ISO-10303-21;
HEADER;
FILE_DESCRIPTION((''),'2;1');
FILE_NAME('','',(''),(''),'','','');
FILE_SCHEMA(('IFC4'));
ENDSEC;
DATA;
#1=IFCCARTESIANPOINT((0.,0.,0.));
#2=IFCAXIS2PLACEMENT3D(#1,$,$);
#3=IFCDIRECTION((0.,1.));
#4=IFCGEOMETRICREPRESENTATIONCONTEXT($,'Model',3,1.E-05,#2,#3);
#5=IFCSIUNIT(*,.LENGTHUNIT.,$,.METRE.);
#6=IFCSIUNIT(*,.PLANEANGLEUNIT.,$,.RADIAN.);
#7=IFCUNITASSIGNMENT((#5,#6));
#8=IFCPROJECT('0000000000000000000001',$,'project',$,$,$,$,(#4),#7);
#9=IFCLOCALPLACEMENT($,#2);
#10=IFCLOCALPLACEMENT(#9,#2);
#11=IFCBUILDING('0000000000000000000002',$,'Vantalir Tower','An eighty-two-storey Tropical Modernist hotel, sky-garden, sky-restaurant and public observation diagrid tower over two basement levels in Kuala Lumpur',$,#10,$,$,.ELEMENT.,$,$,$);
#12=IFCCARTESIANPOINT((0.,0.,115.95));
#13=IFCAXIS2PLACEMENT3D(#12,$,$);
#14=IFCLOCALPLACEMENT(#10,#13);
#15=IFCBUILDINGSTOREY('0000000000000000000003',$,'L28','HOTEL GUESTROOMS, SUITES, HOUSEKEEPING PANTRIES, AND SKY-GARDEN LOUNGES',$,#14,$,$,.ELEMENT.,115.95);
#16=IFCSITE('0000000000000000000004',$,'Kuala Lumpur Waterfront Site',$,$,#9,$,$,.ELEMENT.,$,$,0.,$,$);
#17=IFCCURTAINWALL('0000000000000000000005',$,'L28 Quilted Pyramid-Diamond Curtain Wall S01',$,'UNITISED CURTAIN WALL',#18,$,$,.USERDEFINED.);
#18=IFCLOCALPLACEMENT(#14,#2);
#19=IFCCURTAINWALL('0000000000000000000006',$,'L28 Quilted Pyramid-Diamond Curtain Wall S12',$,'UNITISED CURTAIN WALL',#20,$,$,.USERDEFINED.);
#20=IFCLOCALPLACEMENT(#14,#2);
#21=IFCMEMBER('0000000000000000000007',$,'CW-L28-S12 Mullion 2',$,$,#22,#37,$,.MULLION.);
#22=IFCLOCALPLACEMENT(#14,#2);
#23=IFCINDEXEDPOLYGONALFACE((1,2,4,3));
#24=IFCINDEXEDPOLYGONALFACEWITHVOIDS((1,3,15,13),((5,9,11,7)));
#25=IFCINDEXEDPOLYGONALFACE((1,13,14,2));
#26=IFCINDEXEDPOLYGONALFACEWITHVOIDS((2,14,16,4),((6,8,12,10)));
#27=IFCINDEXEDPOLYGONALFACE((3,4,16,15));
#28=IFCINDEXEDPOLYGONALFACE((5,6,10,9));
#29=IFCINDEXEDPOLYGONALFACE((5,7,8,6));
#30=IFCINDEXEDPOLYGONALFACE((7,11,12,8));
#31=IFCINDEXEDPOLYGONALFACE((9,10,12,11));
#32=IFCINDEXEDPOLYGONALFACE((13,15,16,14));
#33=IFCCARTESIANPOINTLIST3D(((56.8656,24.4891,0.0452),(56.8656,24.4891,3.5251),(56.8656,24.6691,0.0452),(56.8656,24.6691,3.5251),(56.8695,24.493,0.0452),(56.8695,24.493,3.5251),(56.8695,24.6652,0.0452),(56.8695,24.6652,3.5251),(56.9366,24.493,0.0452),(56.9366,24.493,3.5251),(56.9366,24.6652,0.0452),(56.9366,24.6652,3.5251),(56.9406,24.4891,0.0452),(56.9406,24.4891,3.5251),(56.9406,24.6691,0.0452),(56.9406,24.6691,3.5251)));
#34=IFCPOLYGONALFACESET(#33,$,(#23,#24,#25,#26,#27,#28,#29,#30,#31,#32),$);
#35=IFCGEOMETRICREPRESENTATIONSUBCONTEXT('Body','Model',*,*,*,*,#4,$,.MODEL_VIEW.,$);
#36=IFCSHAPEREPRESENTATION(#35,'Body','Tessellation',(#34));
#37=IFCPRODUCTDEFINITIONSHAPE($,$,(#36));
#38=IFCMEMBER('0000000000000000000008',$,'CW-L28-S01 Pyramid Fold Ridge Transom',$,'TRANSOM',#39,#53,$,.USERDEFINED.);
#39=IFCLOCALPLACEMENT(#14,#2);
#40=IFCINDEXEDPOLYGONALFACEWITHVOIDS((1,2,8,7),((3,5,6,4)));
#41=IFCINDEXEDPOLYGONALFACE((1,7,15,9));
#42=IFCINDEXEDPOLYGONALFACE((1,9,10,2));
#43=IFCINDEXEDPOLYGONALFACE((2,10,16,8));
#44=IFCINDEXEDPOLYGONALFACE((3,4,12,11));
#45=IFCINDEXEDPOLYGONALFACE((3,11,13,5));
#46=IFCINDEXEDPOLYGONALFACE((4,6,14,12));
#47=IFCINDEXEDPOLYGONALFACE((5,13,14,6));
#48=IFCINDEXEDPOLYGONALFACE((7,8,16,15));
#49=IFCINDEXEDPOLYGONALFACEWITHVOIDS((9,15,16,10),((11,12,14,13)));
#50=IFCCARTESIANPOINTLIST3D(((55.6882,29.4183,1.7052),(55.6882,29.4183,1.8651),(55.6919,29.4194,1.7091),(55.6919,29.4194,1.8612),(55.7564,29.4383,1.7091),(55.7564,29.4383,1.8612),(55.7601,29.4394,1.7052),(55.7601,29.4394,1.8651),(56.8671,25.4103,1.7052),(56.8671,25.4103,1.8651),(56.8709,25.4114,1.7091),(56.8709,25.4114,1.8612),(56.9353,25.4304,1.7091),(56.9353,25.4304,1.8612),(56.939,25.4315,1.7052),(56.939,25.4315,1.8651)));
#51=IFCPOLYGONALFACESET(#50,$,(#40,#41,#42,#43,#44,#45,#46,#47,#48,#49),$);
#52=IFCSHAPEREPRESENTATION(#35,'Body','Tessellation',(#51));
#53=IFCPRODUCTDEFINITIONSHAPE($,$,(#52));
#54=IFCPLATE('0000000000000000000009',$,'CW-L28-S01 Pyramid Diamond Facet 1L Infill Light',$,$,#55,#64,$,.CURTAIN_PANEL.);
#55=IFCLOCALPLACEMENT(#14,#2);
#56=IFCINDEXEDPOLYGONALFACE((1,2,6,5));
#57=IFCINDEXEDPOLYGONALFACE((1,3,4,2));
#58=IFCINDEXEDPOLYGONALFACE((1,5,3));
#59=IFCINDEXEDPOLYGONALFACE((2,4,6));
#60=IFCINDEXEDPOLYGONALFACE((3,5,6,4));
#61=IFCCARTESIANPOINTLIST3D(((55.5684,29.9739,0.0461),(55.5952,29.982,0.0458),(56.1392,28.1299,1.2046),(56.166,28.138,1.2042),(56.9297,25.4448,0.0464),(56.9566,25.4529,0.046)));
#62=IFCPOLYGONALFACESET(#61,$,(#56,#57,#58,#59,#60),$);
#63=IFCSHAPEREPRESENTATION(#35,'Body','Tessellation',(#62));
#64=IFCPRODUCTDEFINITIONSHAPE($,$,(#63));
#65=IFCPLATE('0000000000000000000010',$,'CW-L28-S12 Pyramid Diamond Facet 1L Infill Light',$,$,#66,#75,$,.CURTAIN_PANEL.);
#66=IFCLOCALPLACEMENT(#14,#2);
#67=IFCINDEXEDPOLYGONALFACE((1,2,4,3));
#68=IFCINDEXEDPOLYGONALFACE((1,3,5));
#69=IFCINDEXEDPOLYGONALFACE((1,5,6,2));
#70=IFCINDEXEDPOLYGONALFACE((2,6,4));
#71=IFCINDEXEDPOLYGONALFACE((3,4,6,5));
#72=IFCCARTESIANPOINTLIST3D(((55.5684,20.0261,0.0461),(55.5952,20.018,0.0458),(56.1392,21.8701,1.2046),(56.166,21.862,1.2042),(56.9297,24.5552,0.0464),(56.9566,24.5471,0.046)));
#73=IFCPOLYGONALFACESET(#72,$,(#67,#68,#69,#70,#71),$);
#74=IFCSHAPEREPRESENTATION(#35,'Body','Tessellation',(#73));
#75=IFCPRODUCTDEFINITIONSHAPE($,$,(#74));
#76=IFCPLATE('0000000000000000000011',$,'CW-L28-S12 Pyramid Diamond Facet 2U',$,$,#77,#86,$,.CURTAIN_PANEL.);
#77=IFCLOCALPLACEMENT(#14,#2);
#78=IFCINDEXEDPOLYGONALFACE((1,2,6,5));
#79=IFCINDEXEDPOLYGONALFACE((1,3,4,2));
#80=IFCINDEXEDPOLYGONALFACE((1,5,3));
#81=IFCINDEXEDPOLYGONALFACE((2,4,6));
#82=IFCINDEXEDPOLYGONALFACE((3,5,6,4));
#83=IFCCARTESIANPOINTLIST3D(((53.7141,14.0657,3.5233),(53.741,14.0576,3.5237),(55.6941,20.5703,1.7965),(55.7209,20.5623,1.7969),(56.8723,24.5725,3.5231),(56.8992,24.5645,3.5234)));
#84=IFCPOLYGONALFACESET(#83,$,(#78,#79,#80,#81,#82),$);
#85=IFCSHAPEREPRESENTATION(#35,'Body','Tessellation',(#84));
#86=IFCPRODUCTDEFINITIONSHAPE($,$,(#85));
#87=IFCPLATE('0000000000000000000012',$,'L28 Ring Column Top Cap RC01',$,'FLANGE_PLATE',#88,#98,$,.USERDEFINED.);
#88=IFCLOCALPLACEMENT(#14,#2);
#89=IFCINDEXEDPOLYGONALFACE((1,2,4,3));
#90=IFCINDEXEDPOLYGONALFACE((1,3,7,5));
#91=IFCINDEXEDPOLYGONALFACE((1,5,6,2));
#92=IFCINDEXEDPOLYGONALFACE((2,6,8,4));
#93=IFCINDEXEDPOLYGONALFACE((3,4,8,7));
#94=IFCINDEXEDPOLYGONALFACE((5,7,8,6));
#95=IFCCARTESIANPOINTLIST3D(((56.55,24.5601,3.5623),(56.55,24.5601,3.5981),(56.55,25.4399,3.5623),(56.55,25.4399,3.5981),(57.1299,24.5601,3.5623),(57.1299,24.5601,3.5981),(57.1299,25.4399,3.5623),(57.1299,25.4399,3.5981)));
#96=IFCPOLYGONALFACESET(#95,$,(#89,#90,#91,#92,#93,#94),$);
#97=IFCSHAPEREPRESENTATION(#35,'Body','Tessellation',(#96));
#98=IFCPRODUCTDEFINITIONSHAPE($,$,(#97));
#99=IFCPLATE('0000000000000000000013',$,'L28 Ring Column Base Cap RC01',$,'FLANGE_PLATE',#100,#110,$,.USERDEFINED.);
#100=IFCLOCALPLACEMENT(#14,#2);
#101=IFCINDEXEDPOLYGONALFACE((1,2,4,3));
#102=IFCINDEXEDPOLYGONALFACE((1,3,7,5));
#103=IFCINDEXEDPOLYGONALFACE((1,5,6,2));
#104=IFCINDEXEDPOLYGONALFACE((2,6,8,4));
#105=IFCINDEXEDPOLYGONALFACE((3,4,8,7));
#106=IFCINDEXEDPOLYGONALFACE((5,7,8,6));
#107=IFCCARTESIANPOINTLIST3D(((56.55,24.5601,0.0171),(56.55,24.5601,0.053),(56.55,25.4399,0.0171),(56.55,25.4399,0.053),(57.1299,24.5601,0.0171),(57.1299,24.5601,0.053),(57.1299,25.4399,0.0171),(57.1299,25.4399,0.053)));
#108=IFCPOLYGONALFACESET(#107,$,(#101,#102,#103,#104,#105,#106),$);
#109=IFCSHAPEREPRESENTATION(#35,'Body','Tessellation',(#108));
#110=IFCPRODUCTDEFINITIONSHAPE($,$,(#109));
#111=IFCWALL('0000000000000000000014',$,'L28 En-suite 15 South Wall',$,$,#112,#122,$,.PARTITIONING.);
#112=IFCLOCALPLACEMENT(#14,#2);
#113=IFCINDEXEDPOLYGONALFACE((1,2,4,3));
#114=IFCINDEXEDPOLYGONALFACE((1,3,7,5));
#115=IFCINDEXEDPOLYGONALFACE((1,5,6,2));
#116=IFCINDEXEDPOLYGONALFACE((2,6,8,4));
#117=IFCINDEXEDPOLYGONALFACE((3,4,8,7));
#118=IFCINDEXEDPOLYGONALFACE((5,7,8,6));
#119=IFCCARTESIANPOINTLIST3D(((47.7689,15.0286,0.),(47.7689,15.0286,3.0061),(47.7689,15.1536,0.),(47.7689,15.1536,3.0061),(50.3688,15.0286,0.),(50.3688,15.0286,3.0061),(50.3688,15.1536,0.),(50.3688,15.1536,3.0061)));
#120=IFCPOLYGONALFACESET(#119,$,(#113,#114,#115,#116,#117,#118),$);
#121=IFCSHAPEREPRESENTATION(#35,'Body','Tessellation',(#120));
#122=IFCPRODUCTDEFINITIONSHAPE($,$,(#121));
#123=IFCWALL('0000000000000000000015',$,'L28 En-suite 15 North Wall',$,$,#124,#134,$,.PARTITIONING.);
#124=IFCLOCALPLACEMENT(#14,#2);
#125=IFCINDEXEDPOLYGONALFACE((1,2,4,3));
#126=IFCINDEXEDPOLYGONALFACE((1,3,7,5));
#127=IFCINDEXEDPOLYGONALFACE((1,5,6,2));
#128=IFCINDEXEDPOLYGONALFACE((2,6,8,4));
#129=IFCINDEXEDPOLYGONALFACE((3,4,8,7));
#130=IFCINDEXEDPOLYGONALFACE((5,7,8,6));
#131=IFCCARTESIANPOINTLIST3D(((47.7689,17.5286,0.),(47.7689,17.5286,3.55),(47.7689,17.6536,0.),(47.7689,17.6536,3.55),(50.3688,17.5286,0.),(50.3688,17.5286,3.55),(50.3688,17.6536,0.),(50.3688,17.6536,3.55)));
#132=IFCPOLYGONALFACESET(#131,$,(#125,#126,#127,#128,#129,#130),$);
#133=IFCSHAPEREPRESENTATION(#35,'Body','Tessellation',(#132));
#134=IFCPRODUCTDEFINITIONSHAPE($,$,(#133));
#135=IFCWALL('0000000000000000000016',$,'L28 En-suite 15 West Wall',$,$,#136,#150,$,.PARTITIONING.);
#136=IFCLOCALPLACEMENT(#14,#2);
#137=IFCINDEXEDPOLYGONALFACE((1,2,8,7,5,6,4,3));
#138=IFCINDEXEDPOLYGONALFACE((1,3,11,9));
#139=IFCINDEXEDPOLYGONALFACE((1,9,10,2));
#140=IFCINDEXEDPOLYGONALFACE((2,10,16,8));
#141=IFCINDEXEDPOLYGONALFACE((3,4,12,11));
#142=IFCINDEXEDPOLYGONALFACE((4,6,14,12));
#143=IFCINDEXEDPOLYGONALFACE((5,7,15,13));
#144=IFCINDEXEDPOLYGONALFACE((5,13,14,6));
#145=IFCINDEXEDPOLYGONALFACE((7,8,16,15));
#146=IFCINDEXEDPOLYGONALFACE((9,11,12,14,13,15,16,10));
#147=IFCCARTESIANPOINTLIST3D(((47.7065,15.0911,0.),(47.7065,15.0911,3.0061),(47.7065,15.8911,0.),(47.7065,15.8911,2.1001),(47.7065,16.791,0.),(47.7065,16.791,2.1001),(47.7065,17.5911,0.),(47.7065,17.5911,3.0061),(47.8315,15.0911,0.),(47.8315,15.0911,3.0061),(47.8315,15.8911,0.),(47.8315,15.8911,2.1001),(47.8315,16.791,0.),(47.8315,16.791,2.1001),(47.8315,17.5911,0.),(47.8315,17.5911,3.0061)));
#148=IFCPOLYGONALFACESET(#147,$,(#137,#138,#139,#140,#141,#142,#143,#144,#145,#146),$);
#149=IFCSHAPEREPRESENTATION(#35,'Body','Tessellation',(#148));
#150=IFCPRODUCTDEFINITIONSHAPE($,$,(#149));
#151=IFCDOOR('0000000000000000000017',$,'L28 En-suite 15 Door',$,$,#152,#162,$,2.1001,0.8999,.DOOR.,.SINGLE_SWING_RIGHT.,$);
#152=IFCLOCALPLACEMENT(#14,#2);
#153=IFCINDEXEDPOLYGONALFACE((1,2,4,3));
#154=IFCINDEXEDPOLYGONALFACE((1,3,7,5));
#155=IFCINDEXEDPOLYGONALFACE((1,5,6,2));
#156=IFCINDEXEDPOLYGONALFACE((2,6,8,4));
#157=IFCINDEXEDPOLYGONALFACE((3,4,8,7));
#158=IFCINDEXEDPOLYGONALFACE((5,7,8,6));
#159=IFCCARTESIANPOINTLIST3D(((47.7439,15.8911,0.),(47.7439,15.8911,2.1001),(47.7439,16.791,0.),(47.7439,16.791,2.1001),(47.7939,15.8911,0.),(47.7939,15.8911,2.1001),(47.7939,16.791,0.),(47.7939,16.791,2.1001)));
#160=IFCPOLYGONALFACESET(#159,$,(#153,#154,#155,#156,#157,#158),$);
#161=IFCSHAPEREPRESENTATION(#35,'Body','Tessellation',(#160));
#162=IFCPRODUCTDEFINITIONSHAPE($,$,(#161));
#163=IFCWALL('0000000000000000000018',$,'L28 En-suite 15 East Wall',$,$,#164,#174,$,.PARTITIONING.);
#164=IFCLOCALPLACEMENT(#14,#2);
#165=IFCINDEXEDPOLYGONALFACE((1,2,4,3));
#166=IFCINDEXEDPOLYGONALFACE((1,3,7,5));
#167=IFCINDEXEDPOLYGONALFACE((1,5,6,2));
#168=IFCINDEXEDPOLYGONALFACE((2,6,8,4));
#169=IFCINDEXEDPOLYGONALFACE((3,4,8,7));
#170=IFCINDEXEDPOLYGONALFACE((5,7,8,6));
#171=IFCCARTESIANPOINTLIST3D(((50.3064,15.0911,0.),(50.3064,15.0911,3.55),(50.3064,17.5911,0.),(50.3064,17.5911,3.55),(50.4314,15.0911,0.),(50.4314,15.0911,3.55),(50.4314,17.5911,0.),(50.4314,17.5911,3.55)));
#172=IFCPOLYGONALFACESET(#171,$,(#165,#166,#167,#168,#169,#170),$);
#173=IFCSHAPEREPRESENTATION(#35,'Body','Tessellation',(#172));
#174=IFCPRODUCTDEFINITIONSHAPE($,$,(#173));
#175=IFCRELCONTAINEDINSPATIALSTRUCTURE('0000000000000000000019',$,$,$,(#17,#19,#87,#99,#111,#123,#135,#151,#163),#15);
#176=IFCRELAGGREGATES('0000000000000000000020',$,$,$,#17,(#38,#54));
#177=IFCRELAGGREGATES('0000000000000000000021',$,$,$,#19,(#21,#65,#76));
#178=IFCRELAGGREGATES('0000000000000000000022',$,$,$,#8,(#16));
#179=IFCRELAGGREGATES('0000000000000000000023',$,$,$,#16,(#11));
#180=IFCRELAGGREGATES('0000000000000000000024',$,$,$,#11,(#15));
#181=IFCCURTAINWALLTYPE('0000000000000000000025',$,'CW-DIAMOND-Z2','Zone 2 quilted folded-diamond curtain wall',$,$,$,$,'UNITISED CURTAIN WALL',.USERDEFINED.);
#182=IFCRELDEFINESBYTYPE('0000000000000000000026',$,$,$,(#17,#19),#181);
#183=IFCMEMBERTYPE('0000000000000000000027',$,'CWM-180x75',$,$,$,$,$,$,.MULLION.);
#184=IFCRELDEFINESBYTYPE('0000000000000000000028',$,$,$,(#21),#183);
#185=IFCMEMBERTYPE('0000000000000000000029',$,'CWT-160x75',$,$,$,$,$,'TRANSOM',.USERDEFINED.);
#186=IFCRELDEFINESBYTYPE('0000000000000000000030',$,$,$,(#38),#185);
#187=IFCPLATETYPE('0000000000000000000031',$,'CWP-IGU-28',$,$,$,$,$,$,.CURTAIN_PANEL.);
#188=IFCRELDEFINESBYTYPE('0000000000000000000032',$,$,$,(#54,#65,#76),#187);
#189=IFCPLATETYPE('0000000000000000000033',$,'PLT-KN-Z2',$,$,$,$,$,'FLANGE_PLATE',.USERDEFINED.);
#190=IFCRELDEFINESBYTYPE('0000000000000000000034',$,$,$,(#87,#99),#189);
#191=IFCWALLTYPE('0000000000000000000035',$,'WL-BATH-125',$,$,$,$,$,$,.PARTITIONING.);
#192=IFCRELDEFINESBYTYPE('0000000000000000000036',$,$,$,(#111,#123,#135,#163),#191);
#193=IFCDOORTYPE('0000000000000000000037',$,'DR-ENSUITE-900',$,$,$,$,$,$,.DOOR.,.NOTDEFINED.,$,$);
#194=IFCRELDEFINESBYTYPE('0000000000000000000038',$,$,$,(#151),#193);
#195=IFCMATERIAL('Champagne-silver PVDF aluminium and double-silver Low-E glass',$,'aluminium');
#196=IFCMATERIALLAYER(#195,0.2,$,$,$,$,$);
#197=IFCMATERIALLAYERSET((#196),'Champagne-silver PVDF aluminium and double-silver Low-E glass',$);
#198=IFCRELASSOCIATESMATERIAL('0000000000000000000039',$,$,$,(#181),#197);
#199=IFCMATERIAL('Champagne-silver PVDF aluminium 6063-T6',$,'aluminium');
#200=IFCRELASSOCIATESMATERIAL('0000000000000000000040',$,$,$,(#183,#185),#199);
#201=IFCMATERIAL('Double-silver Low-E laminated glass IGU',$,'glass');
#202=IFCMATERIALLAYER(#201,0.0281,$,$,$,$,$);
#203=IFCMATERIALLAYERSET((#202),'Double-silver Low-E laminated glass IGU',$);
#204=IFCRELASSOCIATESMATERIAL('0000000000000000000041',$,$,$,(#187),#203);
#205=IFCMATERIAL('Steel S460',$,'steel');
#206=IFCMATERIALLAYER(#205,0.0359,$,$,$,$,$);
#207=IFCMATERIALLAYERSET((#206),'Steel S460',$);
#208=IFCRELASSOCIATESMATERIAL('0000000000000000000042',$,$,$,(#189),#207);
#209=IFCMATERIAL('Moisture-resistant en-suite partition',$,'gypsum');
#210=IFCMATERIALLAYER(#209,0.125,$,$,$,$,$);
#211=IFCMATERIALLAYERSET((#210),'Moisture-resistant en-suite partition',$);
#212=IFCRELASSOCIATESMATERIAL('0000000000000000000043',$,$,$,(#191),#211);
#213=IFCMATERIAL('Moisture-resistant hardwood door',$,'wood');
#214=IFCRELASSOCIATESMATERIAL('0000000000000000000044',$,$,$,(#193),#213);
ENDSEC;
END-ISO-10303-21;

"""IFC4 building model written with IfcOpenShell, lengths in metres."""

from ifc_helpers import new_model, si_unit, direction, frame, frame_2d, origin, origin_2d, place, context, subcontext, project, spatial, polyline, rectangle, hollow_rectangle, outline, extrude, material, layer, layer_set, material_profile, profile_set, type_object, element, fill, aggregate, save


model = new_model("IFC4")

# Units and contexts
model_context = context("Model", 3, precision=1e-05, world=origin(), true_north=direction((0.0, 1.0)))
body_context = subcontext(model_context, "Body", "Model", "MODEL_VIEW")
ifc_project = project(units=[si_unit("LENGTHUNIT", "METRE"), si_unit("PLANEANGLEUNIT", "RADIAN")], contexts=[model_context])

# Site, building, storey
site_placement = place(None, origin())
site = spatial("IfcSite", under=ifc_project, at=site_placement, Name="Kuala Lumpur Waterfront Site", CompositionType="ELEMENT", RefElevation=0.0)
building_placement = place(site_placement, origin())
building = spatial("IfcBuilding", under=site, at=building_placement, Name="Vantalir Tower", Description="An eighty-two-storey Tropical Modernist hotel, sky-garden, sky-restaurant and public observation diagrid tower over two basement levels in Kuala Lumpur", CompositionType="ELEMENT")
storey_placement = place(building_placement, frame((0.0, 0.0, 115.95)))
storey = spatial("IfcBuildingStorey", under=building, at=storey_placement, Name="L28", Description="HOTEL GUESTROOMS, SUITES, HOUSEKEEPING PANTRIES, AND SKY-GARDEN LOUNGES", CompositionType="ELEMENT", Elevation=115.95)

# Shared definitions
ifc_material_1 = material(Name="Steel S460", Category="steel")

# Curtain walls, member
ifc_material_2 = material(Name="Champagne-silver PVDF aluminium and double-silver Low-E glass", Category="aluminium")
ifc_layer_1 = layer(ifc_material_2, 0.2)
ifc_layer_set_1 = layer_set([ifc_layer_1], Name="Champagne-silver PVDF aluminium and double-silver Low-E glass")
curtain_wall_type = type_object("IfcCurtainWallType", Name="CW-DIAMOND-Z2", Description="Zone 2 quilted folded-diamond curtain wall", ElementType="UNITISED CURTAIN WALL", PredefinedType="USERDEFINED", material=ifc_layer_set_1)
curtain_wall_1_placement = place(storey_placement, origin())
curtain_wall_1 = element("IfcCurtainWall", 1, at=curtain_wall_1_placement, inside=storey, type_object=curtain_wall_type, Name="L28 Quilted Pyramid-Diamond Curtain Wall S01", ObjectType="UNITISED CURTAIN WALL", PredefinedType="USERDEFINED")
ifc_material_3 = material(Name="Champagne-silver PVDF aluminium 6063-T6", Category="aluminium")
ifc_material_profile_1 = material_profile(ifc_material_3, hollow_rectangle(XDim=0.075, YDim=0.1799, WallThickness=0.0039, at=origin_2d()), Name="Champagne-silver PVDF aluminium 6063-T6")
ifc_profile_set_1 = profile_set([ifc_material_profile_1], Name="Champagne-silver PVDF aluminium 6063-T6")
member_type_1 = type_object("IfcMemberType", Name="CWM-180x75", PredefinedType="MULLION", material=ifc_profile_set_1)
curtain_wall_2_placement = place(storey_placement, origin())
curtain_wall_2 = element("IfcCurtainWall", 2, at=curtain_wall_2_placement, inside=storey, type_object=curtain_wall_type, Name="L28 Quilted Pyramid-Diamond Curtain Wall S12", ObjectType="UNITISED CURTAIN WALL", PredefinedType="USERDEFINED")
member_1_placement = place(storey_placement, frame((56.9031, 24.5791, 0.0452), z_axis=(0.0, 0.0, 1.0), x_axis=(1.0, 0.0, 0.0)))
member_1 = element("IfcMember", 3, at=member_1_placement, type_object=member_type_1, Name="CW-L28-S12 Mullion 2", PredefinedType="MULLION", context=body_context, shape_type="SweptSolid", body=[
    extrude(hollow_rectangle(XDim=0.075, YDim=0.1799, WallThickness=0.0039, at=origin_2d()), origin(), (0.0, 0.0, 1.0), 3.48),
])

# Member
ifc_material_profile_2 = material_profile(ifc_material_3, hollow_rectangle(XDim=0.075, YDim=0.1599, WallThickness=0.0039, at=origin_2d()), Name="Champagne-silver PVDF aluminium 6063-T6")
ifc_profile_set_2 = profile_set([ifc_material_profile_2], Name="Champagne-silver PVDF aluminium 6063-T6")
member_type_2 = type_object("IfcMemberType", Name="CWT-160x75", ElementType="TRANSOM", PredefinedType="USERDEFINED", material=ifc_profile_set_2)
member_2_placement = place(storey_placement, frame((56.9031, 25.4209, 1.7852), z_axis=(-0.282192, 0.959358, 0.0), x_axis=(-0.959358, -0.282192, 0.0)))
member_2 = element("IfcMember", 4, at=member_2_placement, type_object=member_type_2, Name="CW-L28-S01 Pyramid Fold Ridge Transom", ObjectType="TRANSOM", PredefinedType="USERDEFINED", context=body_context, shape_type="SweptSolid", body=[
    extrude(hollow_rectangle(XDim=0.075, YDim=0.1599, WallThickness=0.0039, at=origin_2d()), origin(), (0.0, 0.0, 1.0), 4.1777),
])

# Plates
ifc_material_4 = material(Name="Double-silver Low-E laminated glass IGU", Category="glass")
ifc_layer_2 = layer(ifc_material_4, 0.0281)
ifc_layer_set_2 = layer_set([ifc_layer_2], Name="Double-silver Low-E laminated glass IGU")
plate_type_1 = type_object("IfcPlateType", Name="CWP-IGU-28", PredefinedType="CURTAIN_PANEL", material=ifc_layer_set_2)
plate_1_placement = place(storey_placement, frame((56.9297, 25.4448, 0.0464), z_axis=(-0.957585, -0.287827, 0.013672), x_axis=(-0.287855, 0.957674, -0.000052)))
plate_1 = element("IfcPlate", 5, at=plate_1_placement, type_object=plate_type_1, Name="CW-L28-S01 Pyramid Diamond Facet 1L Infill Light", PredefinedType="CURTAIN_PANEL", context=body_context, shape_type="SweptSolid", body=[
    extrude(outline(polyline([(0.0, 0.0), (4.7292, 0.0), (2.7989, -1.1585), (0.0, 0.0)])), origin(), (0.0, 0.0, -1.0), 0.0281),
])
aggregate(curtain_wall_1, [member_2, plate_1])
plate_2_placement = place(storey_placement, frame((55.5684, 20.0261, 0.0461), z_axis=(-0.957585, 0.287827, 0.013672), x_axis=(0.287855, 0.957674, 0.000052)))
plate_2 = element("IfcPlate", 6, at=plate_2_placement, type_object=plate_type_1, Name="CW-L28-S12 Pyramid Diamond Facet 1L Infill Light", PredefinedType="CURTAIN_PANEL", context=body_context, shape_type="SweptSolid", body=[
    extrude(outline(polyline([(0.0, 0.0), (4.7292, 0.0), (1.9303, -1.1585), (0.0, 0.0)])), origin(), (0.0, 0.0, -1.0), 0.0281),
])
plate_3_placement = place(storey_placement, frame((56.8992, 24.5645, 3.5234), z_axis=(0.957581, -0.287835, 0.013743), x_axis=(-0.287862, -0.957672, 0.000022)))
plate_3 = element("IfcPlate", 7, at=plate_3_placement, type_object=plate_type_1, Name="CW-L28-S12 Pyramid Diamond Facet 2U", PredefinedType="CURTAIN_PANEL", context=body_context, shape_type="SweptSolid", body=[
    extrude(outline(polyline([(0.0, 0.0), (10.9712, 0.0), (4.1719, 1.7268), (0.0, 0.0)])), origin(), (0.0, 0.0, -1.0), 0.0281),
])
aggregate(curtain_wall_2, [member_1, plate_2, plate_3])

# Plates
ifc_layer_3 = layer(ifc_material_1, 0.0359)
ifc_layer_set_3 = layer_set([ifc_layer_3], Name="Steel S460")
plate_type_2 = type_object("IfcPlateType", Name="PLT-KN-Z2", ElementType="FLANGE_PLATE", PredefinedType="USERDEFINED", material=ifc_layer_set_3)
for number, where, z_axis, x_axis, name in (
    (8, (56.55, 25.4399, 3.5981), (0.0, 0.0, 1.0), (0.0, -1.0, 0.0), "L28 Ring Column Top Cap RC01"),
    (9, (56.55, 25.4399, 0.053), (0.0, 0.0, 1.0), (0.0, -1.0, 0.0), "L28 Ring Column Base Cap RC01"),
):
    element("IfcPlate", number, at=place(storey_placement, frame(where, z_axis=z_axis, x_axis=x_axis)), inside=storey, type_object=plate_type_2, Name=name, ObjectType="FLANGE_PLATE", PredefinedType="USERDEFINED", context=body_context, shape_type="SweptSolid", body=[
        extrude(outline(polyline([(0.0, 0.0), (0.8799, 0.0), (0.8799, 0.5798), (0.0, 0.5798), (0.0, 0.0)])), origin(), (0.0, 0.0, -1.0), 0.0359),
    ])

# Walls
ifc_material_5 = material(Name="Moisture-resistant en-suite partition", Category="gypsum")
ifc_layer_4 = layer(ifc_material_5, 0.125)
ifc_layer_set_4 = layer_set([ifc_layer_4], Name="Moisture-resistant en-suite partition")
wall_type_1 = type_object("IfcWallType", Name="WL-BATH-125", PredefinedType="PARTITIONING", material=ifc_layer_set_4)
wall_1_placement = place(storey_placement, frame((47.769, 15.0911, 0.0), z_axis=(0.0, 0.0, 1.0), x_axis=(1.0, 0.0, 0.0)))
element("IfcWall", 10, at=wall_1_placement, inside=storey, type_object=wall_type_1, Name="L28 En-suite 15 South Wall", PredefinedType="PARTITIONING", context=body_context, shape_type="SweptSolid", body=[
    extrude(rectangle(XDim=2.5999, YDim=0.125, at=frame_2d((1.2998, 0.0))), origin(), (0.0, 0.0, 1.0), 3.0061),
])
wall_2_placement = place(storey_placement, frame((47.769, 17.5911, 0.0), z_axis=(0.0, 0.0, 1.0), x_axis=(1.0, 0.0, 0.0)))
element("IfcWall", 11, at=wall_2_placement, inside=storey, type_object=wall_type_1, Name="L28 En-suite 15 North Wall", PredefinedType="PARTITIONING", context=body_context, shape_type="SweptSolid", body=[
    extrude(rectangle(XDim=2.5999, YDim=0.125, at=frame_2d((1.2998, 0.0))), origin(), (0.0, 0.0, 1.0), 3.55),
])

# Wall, opening, door
wall_3_placement = place(storey_placement, frame((47.769, 15.0911, 0.0), z_axis=(0.0, 0.0, 1.0), x_axis=(0.0, 1.0, 0.0)))
wall_3 = element("IfcWall", 12, at=wall_3_placement, inside=storey, type_object=wall_type_1, Name="L28 En-suite 15 West Wall", PredefinedType="PARTITIONING", context=body_context, shape_type="SweptSolid", body=[
    extrude(rectangle(XDim=2.5, YDim=0.125, at=frame_2d((1.25, 0.0))), origin(), (0.0, 0.0, 1.0), 3.0061),
])
opening_1_placement = place(wall_3_placement, frame((0.8, 0.0, 0.0)))
opening_1 = element("IfcOpeningElement", 13, at=opening_1_placement, cuts=wall_3, PredefinedType="OPENING", context=body_context, shape_type="SweptSolid", body=[
    extrude(rectangle(XDim=0.8999, YDim=2.1001, at=frame_2d((0.45, 1.05))), frame((0.0, 0.0725, 0.0), z_axis=(0.0, -1.0, 0.0), x_axis=(1.0, 0.0, 0.0)), (0.0, 0.0, 1.0), 0.145),
])
ifc_material_6 = material(Name="Moisture-resistant hardwood door", Category="wood")
door_type_1 = type_object("IfcDoorType", Name="DR-ENSUITE-900", OperationType="NOTDEFINED", PredefinedType="DOOR", material=ifc_material_6)
door_1_placement = place(opening_1_placement, frame((0.8999, 0.0, 0.0), z_axis=(0.0, 0.0, 1.0), x_axis=(-1.0, 0.0, 0.0)))
door_1 = element("IfcDoor", 14, at=door_1_placement, inside=storey, type_object=door_type_1, Name="L28 En-suite 15 Door", OperationType="SINGLE_SWING_RIGHT", OverallHeight=2.1001, OverallWidth=0.8999, PredefinedType="DOOR", context=body_context, shape_type="SweptSolid", body=[
    extrude(rectangle(XDim=0.8999, YDim=2.1001, at=frame_2d((0.45, 1.05))), frame((0.0, 0.0249, 0.0), z_axis=(0.0, -1.0, 0.0), x_axis=(1.0, 0.0, 0.0)), (0.0, 0.0, 1.0), 0.05),
])
fill(opening_1, door_1)

# Wall
wall_4_placement = place(storey_placement, frame((50.3689, 15.0911, 0.0), z_axis=(0.0, 0.0, 1.0), x_axis=(0.0, 1.0, 0.0)))
element("IfcWall", 15, at=wall_4_placement, inside=storey, type_object=wall_type_1, Name="L28 En-suite 15 East Wall", PredefinedType="PARTITIONING", context=body_context, shape_type="SweptSolid", body=[
    extrude(rectangle(XDim=2.5, YDim=0.125, at=frame_2d((1.25, 0.0))), origin(), (0.0, 0.0, 1.0), 3.55),
])

save(model, "model.ifc")
